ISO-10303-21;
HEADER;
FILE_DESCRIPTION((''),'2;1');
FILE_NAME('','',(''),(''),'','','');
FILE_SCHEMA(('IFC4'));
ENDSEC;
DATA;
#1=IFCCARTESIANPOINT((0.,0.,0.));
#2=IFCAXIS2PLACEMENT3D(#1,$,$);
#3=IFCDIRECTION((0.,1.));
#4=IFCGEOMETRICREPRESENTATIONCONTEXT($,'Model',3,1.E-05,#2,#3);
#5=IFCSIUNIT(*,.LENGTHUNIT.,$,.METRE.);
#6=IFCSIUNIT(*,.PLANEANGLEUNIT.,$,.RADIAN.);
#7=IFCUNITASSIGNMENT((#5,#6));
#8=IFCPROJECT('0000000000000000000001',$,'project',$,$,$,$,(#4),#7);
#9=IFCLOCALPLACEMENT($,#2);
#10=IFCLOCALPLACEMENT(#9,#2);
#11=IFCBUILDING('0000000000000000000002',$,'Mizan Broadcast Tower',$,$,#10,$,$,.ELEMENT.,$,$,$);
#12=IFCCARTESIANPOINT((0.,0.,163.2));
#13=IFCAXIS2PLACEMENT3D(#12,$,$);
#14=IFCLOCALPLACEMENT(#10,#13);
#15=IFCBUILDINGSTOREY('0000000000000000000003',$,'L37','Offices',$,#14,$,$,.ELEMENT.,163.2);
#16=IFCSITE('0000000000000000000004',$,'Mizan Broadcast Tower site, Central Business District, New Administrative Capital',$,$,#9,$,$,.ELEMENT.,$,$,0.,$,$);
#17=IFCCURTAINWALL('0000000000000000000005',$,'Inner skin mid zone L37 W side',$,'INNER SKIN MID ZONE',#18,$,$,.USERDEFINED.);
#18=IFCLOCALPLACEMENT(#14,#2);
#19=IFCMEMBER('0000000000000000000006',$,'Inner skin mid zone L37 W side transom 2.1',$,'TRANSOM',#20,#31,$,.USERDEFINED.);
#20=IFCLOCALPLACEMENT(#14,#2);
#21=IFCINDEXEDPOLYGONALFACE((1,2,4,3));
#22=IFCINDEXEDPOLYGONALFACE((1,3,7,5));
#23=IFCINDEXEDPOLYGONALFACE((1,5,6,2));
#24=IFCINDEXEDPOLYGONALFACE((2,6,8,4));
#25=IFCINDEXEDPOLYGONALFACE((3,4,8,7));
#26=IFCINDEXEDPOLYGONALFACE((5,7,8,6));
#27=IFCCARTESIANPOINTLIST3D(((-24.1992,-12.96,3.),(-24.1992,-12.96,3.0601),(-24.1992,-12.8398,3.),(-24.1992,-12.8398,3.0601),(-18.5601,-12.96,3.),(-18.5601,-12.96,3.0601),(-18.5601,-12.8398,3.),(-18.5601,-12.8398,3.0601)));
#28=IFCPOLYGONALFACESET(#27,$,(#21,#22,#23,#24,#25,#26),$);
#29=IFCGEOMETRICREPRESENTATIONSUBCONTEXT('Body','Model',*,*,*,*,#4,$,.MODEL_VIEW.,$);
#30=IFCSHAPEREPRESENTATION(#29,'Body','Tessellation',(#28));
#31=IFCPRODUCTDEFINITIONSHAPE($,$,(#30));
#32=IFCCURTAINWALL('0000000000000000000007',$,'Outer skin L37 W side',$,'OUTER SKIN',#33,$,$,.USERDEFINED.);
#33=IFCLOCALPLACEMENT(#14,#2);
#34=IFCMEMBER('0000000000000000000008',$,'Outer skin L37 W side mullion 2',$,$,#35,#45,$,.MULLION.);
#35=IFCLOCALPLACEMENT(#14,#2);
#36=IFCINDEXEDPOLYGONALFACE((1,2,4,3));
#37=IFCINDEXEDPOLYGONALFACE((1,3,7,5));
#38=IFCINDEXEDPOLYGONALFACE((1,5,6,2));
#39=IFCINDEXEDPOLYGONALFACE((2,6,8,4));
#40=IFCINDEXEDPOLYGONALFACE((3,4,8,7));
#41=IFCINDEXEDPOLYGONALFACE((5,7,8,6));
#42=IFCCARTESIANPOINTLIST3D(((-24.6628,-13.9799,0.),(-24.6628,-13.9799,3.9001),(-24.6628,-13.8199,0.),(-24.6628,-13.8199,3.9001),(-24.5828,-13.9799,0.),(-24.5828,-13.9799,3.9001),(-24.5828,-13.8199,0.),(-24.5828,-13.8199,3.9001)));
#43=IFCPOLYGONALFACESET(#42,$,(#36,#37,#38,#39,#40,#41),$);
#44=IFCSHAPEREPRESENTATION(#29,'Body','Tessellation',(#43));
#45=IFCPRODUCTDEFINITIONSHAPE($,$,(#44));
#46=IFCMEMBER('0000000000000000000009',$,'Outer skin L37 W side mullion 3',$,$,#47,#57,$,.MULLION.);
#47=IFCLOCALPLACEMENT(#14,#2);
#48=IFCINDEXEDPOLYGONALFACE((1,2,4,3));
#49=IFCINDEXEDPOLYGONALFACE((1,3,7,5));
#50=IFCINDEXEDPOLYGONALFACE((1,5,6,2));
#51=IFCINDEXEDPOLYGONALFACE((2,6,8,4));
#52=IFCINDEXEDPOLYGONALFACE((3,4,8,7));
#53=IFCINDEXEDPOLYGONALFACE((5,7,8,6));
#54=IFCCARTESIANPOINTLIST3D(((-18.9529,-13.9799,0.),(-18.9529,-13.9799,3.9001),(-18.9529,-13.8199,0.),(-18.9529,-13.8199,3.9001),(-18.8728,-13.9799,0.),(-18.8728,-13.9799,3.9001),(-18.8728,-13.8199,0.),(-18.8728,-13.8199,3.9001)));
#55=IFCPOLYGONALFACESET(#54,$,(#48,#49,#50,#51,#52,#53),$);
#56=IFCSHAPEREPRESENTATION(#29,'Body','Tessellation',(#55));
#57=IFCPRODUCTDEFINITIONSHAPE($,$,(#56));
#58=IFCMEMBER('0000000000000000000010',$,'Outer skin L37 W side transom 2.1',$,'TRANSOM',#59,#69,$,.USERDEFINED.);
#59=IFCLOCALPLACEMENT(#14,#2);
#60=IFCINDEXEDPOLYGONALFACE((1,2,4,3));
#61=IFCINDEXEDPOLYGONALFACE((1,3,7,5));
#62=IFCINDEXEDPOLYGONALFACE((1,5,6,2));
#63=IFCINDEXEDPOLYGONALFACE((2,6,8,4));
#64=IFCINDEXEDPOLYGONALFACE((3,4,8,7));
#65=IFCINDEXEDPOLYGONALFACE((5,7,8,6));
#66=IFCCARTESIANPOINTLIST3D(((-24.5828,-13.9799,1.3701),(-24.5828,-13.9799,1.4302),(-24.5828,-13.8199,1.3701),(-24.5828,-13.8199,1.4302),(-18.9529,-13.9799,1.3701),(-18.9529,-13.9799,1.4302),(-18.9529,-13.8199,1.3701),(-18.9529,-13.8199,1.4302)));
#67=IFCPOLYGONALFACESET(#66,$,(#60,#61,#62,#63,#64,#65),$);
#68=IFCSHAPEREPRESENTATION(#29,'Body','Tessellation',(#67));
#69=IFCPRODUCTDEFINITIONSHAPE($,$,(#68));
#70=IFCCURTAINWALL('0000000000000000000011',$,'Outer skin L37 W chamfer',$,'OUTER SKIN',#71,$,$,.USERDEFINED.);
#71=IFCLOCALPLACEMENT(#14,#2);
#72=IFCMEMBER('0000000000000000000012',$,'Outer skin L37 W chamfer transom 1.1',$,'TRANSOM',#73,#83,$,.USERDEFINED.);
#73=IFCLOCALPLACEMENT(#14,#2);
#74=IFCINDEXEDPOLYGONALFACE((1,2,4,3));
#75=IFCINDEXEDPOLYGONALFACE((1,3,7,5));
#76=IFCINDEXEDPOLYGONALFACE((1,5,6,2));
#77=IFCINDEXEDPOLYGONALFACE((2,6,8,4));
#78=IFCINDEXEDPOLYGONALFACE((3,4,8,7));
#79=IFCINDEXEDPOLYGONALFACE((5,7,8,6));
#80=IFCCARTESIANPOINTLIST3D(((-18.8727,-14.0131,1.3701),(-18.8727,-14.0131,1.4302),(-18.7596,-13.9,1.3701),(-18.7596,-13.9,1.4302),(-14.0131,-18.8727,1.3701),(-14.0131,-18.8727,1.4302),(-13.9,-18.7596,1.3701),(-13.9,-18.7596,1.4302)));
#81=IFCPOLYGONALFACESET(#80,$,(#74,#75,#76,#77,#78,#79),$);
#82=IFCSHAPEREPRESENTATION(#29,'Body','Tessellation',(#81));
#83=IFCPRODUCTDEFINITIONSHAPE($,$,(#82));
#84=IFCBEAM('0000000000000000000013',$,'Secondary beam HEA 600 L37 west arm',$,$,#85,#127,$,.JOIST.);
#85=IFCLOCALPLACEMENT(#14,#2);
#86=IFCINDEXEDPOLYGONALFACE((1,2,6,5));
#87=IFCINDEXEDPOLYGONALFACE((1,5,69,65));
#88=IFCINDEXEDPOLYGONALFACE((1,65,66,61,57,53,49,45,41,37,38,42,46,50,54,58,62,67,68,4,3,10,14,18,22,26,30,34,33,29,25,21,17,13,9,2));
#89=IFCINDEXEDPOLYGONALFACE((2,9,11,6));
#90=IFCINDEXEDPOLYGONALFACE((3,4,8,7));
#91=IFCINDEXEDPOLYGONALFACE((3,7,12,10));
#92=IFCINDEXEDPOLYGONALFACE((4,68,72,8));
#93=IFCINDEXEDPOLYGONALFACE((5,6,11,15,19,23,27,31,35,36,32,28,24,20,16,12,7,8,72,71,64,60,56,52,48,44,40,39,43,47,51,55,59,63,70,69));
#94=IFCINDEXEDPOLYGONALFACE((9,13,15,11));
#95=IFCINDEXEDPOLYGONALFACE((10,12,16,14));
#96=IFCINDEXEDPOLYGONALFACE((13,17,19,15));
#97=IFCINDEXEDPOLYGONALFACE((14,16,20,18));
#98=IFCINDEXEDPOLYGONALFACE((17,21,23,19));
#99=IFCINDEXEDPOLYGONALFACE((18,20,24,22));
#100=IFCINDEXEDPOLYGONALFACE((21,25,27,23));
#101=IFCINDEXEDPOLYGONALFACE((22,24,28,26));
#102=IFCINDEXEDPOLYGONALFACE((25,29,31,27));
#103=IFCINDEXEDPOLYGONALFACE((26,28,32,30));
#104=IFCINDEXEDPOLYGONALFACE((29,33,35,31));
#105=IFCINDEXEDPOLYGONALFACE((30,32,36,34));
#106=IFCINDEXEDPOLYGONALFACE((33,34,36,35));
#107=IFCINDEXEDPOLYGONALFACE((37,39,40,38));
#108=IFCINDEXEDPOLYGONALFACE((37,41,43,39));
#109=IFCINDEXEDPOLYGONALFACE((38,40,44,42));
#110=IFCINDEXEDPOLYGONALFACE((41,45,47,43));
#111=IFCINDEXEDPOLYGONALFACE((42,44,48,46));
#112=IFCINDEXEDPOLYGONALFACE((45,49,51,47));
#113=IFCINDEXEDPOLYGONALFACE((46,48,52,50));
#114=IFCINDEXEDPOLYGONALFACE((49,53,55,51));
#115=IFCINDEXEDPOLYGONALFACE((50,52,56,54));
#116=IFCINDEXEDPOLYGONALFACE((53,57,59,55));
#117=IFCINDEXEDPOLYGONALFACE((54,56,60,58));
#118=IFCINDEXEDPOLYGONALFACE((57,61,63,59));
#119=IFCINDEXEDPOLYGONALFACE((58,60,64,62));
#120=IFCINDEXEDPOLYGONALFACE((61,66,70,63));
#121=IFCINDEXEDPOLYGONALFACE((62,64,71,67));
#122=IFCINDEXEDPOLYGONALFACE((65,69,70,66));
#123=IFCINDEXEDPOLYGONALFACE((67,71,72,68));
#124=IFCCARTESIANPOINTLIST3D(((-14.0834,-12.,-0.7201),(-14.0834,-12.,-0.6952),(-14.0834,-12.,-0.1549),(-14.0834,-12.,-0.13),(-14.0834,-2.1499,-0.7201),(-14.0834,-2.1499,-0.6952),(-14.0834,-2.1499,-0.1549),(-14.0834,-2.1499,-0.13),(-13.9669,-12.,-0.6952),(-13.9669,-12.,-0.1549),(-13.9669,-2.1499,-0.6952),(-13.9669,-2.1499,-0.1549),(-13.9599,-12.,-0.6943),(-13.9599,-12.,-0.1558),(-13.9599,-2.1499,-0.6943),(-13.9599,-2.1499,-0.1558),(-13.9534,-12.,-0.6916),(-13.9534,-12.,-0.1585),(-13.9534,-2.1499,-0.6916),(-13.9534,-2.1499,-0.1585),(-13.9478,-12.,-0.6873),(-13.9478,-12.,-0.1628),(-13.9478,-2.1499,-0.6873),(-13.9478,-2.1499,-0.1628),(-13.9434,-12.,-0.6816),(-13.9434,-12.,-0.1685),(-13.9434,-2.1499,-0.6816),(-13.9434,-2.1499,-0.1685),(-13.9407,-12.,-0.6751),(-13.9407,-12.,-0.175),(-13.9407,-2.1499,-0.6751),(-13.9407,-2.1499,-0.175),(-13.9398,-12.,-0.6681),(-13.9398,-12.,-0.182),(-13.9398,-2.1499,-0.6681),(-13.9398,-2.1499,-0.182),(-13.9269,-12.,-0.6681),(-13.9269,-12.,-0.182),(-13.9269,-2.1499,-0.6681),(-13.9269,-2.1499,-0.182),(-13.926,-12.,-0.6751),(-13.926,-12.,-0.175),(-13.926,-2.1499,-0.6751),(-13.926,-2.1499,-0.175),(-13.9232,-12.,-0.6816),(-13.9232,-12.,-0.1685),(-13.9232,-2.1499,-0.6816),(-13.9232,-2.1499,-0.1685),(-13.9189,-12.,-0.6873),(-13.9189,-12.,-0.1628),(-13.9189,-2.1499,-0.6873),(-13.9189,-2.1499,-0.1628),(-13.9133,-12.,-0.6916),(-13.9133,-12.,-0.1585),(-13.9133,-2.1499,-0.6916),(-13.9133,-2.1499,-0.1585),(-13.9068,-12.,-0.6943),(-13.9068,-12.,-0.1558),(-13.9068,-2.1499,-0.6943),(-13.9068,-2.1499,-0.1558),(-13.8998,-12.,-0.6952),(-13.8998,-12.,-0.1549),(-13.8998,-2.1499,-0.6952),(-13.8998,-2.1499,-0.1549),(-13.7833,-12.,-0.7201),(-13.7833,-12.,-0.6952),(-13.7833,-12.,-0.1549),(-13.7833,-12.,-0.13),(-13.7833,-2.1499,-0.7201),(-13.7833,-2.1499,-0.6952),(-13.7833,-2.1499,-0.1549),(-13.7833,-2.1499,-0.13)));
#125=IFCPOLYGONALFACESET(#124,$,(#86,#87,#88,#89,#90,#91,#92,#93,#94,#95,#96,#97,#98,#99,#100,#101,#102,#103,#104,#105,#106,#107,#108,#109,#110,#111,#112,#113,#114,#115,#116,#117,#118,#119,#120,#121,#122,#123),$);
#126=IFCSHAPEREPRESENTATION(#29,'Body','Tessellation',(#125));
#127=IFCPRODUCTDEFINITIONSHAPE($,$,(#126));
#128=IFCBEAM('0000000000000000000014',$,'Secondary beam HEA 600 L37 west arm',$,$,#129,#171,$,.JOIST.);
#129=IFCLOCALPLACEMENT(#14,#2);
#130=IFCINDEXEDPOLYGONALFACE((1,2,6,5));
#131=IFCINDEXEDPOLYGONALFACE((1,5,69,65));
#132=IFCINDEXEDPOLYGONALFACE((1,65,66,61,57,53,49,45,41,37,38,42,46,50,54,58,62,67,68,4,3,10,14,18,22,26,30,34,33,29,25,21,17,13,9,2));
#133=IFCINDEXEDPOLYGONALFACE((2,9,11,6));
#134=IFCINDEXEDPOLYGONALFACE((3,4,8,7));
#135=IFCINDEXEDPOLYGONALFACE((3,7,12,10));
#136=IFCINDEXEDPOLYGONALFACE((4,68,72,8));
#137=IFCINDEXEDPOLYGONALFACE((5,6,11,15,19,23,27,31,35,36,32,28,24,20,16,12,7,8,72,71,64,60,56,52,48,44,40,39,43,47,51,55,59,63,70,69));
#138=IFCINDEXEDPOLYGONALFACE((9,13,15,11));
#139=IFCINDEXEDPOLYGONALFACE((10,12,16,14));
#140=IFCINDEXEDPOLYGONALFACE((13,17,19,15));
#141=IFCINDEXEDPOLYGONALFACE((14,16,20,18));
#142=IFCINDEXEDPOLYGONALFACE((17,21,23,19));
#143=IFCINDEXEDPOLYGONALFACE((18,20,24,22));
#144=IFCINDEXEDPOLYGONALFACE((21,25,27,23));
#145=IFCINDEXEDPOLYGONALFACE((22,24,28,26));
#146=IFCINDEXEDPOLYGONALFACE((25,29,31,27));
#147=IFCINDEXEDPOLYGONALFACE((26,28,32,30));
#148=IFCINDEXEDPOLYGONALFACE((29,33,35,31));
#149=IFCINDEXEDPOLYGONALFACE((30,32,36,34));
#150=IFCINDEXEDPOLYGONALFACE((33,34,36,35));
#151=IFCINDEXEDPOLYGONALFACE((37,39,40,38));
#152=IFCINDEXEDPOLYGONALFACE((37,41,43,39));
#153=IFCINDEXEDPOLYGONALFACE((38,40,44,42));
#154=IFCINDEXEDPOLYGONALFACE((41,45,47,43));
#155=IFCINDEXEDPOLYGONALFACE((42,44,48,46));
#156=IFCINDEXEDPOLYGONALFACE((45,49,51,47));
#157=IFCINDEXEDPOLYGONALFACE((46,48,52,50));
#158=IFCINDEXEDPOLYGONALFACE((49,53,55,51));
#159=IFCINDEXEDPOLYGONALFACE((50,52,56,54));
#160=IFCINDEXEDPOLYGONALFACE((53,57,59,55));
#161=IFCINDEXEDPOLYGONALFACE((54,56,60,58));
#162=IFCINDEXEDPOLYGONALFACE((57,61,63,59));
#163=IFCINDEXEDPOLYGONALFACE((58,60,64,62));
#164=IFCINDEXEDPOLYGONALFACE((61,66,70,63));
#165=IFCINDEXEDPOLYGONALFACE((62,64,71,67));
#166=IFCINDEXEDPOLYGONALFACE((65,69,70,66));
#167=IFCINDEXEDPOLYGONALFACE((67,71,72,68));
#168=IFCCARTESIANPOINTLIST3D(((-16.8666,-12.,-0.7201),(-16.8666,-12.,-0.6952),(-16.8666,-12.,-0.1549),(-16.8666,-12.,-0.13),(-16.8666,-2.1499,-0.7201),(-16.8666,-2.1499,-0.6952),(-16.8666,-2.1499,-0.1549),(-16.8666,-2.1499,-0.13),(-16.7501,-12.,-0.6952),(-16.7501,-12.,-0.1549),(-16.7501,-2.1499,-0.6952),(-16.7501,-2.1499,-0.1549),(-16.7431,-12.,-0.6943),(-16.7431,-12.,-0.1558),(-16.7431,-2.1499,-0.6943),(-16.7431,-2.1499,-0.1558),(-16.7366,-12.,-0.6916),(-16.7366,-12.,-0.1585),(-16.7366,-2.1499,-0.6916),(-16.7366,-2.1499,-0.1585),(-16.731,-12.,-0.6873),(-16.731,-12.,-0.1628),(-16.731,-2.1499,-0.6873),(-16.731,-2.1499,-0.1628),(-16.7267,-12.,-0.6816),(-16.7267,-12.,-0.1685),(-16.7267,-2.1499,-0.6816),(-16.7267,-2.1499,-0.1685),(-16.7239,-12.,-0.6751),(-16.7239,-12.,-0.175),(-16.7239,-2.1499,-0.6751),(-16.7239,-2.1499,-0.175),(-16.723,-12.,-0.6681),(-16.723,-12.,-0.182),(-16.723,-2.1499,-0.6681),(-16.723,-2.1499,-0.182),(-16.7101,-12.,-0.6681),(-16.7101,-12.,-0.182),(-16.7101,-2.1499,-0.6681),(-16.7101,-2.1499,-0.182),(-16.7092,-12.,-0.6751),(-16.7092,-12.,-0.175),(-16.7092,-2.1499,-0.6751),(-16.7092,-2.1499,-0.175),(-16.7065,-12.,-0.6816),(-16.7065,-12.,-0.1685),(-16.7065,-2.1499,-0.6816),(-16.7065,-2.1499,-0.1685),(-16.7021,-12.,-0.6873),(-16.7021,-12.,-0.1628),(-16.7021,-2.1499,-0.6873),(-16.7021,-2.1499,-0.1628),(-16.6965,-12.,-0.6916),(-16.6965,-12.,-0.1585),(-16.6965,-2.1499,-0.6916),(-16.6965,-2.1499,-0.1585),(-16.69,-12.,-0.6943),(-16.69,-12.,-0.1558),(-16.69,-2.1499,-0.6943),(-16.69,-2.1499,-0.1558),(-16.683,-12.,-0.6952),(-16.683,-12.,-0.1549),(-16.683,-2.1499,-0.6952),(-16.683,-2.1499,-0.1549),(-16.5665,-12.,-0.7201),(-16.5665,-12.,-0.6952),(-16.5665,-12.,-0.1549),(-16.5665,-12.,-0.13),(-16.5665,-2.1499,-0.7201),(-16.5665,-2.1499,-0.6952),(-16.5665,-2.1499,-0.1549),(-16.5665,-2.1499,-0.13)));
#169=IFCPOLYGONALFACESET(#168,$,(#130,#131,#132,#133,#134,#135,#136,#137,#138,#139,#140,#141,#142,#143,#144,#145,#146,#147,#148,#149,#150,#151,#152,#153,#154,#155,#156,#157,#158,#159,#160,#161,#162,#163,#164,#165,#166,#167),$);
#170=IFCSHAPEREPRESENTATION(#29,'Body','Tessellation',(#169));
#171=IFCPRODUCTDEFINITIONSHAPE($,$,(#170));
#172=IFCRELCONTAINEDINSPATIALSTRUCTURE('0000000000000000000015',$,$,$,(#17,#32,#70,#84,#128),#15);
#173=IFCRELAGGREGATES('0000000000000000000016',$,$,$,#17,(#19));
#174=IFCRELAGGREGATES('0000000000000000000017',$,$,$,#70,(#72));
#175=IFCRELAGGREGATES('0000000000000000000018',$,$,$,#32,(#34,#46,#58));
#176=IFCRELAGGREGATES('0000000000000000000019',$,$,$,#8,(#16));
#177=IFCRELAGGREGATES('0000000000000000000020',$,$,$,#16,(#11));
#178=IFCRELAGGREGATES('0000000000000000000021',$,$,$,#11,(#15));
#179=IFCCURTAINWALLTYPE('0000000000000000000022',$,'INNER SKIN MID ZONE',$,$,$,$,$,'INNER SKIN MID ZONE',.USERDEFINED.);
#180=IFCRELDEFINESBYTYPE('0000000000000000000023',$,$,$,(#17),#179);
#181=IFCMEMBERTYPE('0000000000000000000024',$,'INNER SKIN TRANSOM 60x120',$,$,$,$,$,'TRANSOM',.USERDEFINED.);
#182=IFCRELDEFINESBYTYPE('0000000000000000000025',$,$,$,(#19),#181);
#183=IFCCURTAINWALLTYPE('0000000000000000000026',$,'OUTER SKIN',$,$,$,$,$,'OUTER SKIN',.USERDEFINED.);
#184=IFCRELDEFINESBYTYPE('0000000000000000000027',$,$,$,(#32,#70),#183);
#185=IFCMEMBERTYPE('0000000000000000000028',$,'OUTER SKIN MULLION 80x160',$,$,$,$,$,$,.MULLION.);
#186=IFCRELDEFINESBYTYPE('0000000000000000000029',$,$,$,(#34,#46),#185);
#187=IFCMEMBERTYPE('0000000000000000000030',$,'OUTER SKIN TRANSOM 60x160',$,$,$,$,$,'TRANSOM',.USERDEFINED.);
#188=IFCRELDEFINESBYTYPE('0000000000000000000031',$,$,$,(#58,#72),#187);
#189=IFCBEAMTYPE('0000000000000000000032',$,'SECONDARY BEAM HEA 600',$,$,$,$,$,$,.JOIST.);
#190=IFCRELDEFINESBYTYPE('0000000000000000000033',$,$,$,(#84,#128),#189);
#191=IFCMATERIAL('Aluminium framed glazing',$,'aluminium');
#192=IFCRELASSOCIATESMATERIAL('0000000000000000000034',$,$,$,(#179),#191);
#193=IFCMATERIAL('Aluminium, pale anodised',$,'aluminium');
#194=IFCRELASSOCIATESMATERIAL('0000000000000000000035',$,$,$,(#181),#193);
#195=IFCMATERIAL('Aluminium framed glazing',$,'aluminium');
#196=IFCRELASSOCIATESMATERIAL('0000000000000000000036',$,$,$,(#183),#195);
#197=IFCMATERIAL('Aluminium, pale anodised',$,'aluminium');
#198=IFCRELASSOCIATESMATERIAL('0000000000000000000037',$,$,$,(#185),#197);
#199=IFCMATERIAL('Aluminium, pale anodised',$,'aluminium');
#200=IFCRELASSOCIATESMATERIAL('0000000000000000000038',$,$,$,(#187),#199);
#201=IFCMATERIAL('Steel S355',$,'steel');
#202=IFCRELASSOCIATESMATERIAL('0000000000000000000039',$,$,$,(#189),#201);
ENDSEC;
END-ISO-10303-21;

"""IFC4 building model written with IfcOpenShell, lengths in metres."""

from ifc_helpers import new_model, si_unit, direction, frame, origin, origin_2d, place, context, subcontext, project, spatial, rectangle, i_section, extrude, material, material_profile, profile_set, type_object, element, aggregate, save


model = new_model("IFC4")

# Units and contexts
model_context = context("Model", 3, precision=1e-05, world=origin(), true_north=direction((0.0, 1.0)))
body_context = subcontext(model_context, "Body", "Model", "MODEL_VIEW")
ifc_project = project(units=[si_unit("LENGTHUNIT", "METRE"), si_unit("PLANEANGLEUNIT", "RADIAN")], contexts=[model_context])

# Site, building, storey
site_placement = place(None, origin())
site = spatial("IfcSite", under=ifc_project, at=site_placement, Name="Mizan Broadcast Tower site, Central Business District, New Administrative Capital", CompositionType="ELEMENT", RefElevation=0.0)
building_placement = place(site_placement, origin())
building = spatial("IfcBuilding", under=site, at=building_placement, Name="Mizan Broadcast Tower", CompositionType="ELEMENT")
storey_placement = place(building_placement, frame((0.0, 0.0, 163.2)))
storey = spatial("IfcBuildingStorey", under=building, at=storey_placement, Name="L37", Description="Offices", CompositionType="ELEMENT", Elevation=163.2)

# Curtain walls, members
ifc_material_1 = material(Name="Aluminium framed glazing", Category="aluminium")
curtain_wall_type_1 = type_object("IfcCurtainWallType", Name="INNER SKIN MID ZONE", ElementType="INNER SKIN MID ZONE", PredefinedType="USERDEFINED", material=ifc_material_1)
curtain_wall_1_placement = place(storey_placement, origin())
curtain_wall_1 = element("IfcCurtainWall", 1, at=curtain_wall_1_placement, inside=storey, type_object=curtain_wall_type_1, Name="Inner skin mid zone L37 W side", ObjectType="INNER SKIN MID ZONE", PredefinedType="USERDEFINED")
ifc_material_2 = material(Name="Aluminium, pale anodised", Category="aluminium")
ifc_material_profile_1 = material_profile(ifc_material_2, rectangle(XDim=0.1201, YDim=0.0601, at=origin_2d()), Name="TRANSOM 120x60")
ifc_profile_set_1 = profile_set([ifc_material_profile_1], Name="Aluminium, pale anodised")
member_type_1 = type_object("IfcMemberType", Name="INNER SKIN TRANSOM 60x120", ElementType="TRANSOM", PredefinedType="USERDEFINED", material=ifc_profile_set_1)
member_1_placement = place(storey_placement, frame((-24.1992, -12.8999, 3.03), z_axis=(1.0, 0.0, 0.0), x_axis=(0.0, 1.0, 0.0)))
member_1 = element("IfcMember", 2, at=member_1_placement, type_object=member_type_1, Name="Inner skin mid zone L37 W side transom 2.1", ObjectType="TRANSOM", PredefinedType="USERDEFINED", context=body_context, shape_type="SweptSolid", body=[
    extrude(rectangle(XDim=0.1201, YDim=0.0601, at=origin_2d()), origin(), (0.0, 0.0, 1.0), 5.6392),
])
ifc_material_3 = material(Name="Aluminium framed glazing", Category="aluminium")
curtain_wall_type_2 = type_object("IfcCurtainWallType", Name="OUTER SKIN", ElementType="OUTER SKIN", PredefinedType="USERDEFINED", material=ifc_material_3)
curtain_wall_2_placement = place(storey_placement, origin())
curtain_wall_2 = element("IfcCurtainWall", 3, at=curtain_wall_2_placement, inside=storey, type_object=curtain_wall_type_2, Name="Outer skin L37 W side", ObjectType="OUTER SKIN", PredefinedType="USERDEFINED")
ifc_material_4 = material(Name="Aluminium, pale anodised", Category="aluminium")
ifc_material_profile_2 = material_profile(ifc_material_4, rectangle(XDim=0.1599, YDim=0.0801, at=origin_2d()), Name="MULLION 160x80")
ifc_profile_set_2 = profile_set([ifc_material_profile_2], Name="Aluminium, pale anodised")
member_type_2 = type_object("IfcMemberType", Name="OUTER SKIN MULLION 80x160", PredefinedType="MULLION", material=ifc_profile_set_2)
member_2_placement = place(storey_placement, frame((-24.6228, -13.8999, 0.0), z_axis=(0.0, 0.0, 1.0), x_axis=(0.0, 1.0, 0.0)))
member_2 = element("IfcMember", 4, at=member_2_placement, type_object=member_type_2, Name="Outer skin L37 W side mullion 2", PredefinedType="MULLION", context=body_context, shape_type="SweptSolid", body=[
    extrude(rectangle(XDim=0.1599, YDim=0.0801, at=origin_2d()), origin(), (0.0, 0.0, 1.0), 3.9001),
])
member_3_placement = place(storey_placement, frame((-18.9128, -13.8999, 0.0), z_axis=(0.0, 0.0, 1.0), x_axis=(0.0, 1.0, 0.0)))
member_3 = element("IfcMember", 5, at=member_3_placement, type_object=member_type_2, Name="Outer skin L37 W side mullion 3", PredefinedType="MULLION", context=body_context, shape_type="SweptSolid", body=[
    extrude(rectangle(XDim=0.1599, YDim=0.0801, at=origin_2d()), origin(), (0.0, 0.0, 1.0), 3.9001),
])
ifc_material_5 = material(Name="Aluminium, pale anodised", Category="aluminium")
ifc_material_profile_3 = material_profile(ifc_material_5, rectangle(XDim=0.1599, YDim=0.0601, at=origin_2d()), Name="TRANSOM 160x60")
ifc_profile_set_3 = profile_set([ifc_material_profile_3], Name="Aluminium, pale anodised")
member_type_3 = type_object("IfcMemberType", Name="OUTER SKIN TRANSOM 60x160", ElementType="TRANSOM", PredefinedType="USERDEFINED", material=ifc_profile_set_3)
member_4_placement = place(storey_placement, frame((-24.5828, -13.8999, 1.4001), z_axis=(1.0, 0.0, 0.0), x_axis=(0.0, 1.0, 0.0)))
member_4 = element("IfcMember", 6, at=member_4_placement, type_object=member_type_3, Name="Outer skin L37 W side transom 2.1", ObjectType="TRANSOM", PredefinedType="USERDEFINED", context=body_context, shape_type="SweptSolid", body=[
    extrude(rectangle(XDim=0.1599, YDim=0.0601, at=origin_2d()), origin(), (0.0, 0.0, 1.0), 5.6299),
])

# Curtain wall, member
curtain_wall_3_placement = place(storey_placement, origin())
curtain_wall_3 = element("IfcCurtainWall", 7, at=curtain_wall_3_placement, inside=storey, type_object=curtain_wall_type_2, Name="Outer skin L37 W chamfer", ObjectType="OUTER SKIN", PredefinedType="USERDEFINED")
member_5_placement = place(storey_placement, frame((-18.8162, -13.9565, 1.4001), z_axis=(0.707107, -0.707107, 0.0), x_axis=(0.707107, 0.707107, 0.0)))
member_5 = element("IfcMember", 8, at=member_5_placement, type_object=member_type_3, Name="Outer skin L37 W chamfer transom 1.1", ObjectType="TRANSOM", PredefinedType="USERDEFINED", context=body_context, shape_type="SweptSolid", body=[
    extrude(rectangle(XDim=0.1599, YDim=0.0601, at=origin_2d()), origin(), (0.0, 0.0, 1.0), 6.8726),
])

# Beams
ifc_material_6 = material(Name="Steel S355", Category="steel")
ifc_material_profile_4 = material_profile(ifc_material_6, i_section(OverallWidth=0.3, OverallDepth=0.5901, WebThickness=0.0129, FlangeThickness=0.0249, FilletRadius=0.0271, at=origin_2d()), Name="HEA 600")
ifc_profile_set_4 = profile_set([ifc_material_profile_4], Name="Steel S355")
beam_type_1 = type_object("IfcBeamType", Name="SECONDARY BEAM HEA 600", PredefinedType="JOIST", material=ifc_profile_set_4)
for number, where, z_axis, x_axis, name in (
    (9, (-13.9333, -12.0, -0.425), (0.0, 1.0, 0.0), (-1.0, 0.0, 0.0), "Secondary beam HEA 600 L37 west arm"),
    (10, (-16.7166, -12.0, -0.425), (0.0, 1.0, 0.0), (-1.0, 0.0, 0.0), "Secondary beam HEA 600 L37 west arm"),
):
    element("IfcBeam", number, at=place(storey_placement, frame(where, z_axis=z_axis, x_axis=x_axis)), inside=storey, type_object=beam_type_1, Name=name, PredefinedType="JOIST", context=body_context, shape_type="SweptSolid", body=[
        extrude(i_section(OverallWidth=0.3, OverallDepth=0.5901, WebThickness=0.0129, FlangeThickness=0.0249, FilletRadius=0.0271, at=origin_2d()), origin(), (0.0, 0.0, 1.0), 9.8501),
    ])

aggregate(curtain_wall_1, [member_1])
aggregate(curtain_wall_3, [member_5])
aggregate(curtain_wall_2, [member_2, member_3, member_4])

save(model, "model.ifc")
